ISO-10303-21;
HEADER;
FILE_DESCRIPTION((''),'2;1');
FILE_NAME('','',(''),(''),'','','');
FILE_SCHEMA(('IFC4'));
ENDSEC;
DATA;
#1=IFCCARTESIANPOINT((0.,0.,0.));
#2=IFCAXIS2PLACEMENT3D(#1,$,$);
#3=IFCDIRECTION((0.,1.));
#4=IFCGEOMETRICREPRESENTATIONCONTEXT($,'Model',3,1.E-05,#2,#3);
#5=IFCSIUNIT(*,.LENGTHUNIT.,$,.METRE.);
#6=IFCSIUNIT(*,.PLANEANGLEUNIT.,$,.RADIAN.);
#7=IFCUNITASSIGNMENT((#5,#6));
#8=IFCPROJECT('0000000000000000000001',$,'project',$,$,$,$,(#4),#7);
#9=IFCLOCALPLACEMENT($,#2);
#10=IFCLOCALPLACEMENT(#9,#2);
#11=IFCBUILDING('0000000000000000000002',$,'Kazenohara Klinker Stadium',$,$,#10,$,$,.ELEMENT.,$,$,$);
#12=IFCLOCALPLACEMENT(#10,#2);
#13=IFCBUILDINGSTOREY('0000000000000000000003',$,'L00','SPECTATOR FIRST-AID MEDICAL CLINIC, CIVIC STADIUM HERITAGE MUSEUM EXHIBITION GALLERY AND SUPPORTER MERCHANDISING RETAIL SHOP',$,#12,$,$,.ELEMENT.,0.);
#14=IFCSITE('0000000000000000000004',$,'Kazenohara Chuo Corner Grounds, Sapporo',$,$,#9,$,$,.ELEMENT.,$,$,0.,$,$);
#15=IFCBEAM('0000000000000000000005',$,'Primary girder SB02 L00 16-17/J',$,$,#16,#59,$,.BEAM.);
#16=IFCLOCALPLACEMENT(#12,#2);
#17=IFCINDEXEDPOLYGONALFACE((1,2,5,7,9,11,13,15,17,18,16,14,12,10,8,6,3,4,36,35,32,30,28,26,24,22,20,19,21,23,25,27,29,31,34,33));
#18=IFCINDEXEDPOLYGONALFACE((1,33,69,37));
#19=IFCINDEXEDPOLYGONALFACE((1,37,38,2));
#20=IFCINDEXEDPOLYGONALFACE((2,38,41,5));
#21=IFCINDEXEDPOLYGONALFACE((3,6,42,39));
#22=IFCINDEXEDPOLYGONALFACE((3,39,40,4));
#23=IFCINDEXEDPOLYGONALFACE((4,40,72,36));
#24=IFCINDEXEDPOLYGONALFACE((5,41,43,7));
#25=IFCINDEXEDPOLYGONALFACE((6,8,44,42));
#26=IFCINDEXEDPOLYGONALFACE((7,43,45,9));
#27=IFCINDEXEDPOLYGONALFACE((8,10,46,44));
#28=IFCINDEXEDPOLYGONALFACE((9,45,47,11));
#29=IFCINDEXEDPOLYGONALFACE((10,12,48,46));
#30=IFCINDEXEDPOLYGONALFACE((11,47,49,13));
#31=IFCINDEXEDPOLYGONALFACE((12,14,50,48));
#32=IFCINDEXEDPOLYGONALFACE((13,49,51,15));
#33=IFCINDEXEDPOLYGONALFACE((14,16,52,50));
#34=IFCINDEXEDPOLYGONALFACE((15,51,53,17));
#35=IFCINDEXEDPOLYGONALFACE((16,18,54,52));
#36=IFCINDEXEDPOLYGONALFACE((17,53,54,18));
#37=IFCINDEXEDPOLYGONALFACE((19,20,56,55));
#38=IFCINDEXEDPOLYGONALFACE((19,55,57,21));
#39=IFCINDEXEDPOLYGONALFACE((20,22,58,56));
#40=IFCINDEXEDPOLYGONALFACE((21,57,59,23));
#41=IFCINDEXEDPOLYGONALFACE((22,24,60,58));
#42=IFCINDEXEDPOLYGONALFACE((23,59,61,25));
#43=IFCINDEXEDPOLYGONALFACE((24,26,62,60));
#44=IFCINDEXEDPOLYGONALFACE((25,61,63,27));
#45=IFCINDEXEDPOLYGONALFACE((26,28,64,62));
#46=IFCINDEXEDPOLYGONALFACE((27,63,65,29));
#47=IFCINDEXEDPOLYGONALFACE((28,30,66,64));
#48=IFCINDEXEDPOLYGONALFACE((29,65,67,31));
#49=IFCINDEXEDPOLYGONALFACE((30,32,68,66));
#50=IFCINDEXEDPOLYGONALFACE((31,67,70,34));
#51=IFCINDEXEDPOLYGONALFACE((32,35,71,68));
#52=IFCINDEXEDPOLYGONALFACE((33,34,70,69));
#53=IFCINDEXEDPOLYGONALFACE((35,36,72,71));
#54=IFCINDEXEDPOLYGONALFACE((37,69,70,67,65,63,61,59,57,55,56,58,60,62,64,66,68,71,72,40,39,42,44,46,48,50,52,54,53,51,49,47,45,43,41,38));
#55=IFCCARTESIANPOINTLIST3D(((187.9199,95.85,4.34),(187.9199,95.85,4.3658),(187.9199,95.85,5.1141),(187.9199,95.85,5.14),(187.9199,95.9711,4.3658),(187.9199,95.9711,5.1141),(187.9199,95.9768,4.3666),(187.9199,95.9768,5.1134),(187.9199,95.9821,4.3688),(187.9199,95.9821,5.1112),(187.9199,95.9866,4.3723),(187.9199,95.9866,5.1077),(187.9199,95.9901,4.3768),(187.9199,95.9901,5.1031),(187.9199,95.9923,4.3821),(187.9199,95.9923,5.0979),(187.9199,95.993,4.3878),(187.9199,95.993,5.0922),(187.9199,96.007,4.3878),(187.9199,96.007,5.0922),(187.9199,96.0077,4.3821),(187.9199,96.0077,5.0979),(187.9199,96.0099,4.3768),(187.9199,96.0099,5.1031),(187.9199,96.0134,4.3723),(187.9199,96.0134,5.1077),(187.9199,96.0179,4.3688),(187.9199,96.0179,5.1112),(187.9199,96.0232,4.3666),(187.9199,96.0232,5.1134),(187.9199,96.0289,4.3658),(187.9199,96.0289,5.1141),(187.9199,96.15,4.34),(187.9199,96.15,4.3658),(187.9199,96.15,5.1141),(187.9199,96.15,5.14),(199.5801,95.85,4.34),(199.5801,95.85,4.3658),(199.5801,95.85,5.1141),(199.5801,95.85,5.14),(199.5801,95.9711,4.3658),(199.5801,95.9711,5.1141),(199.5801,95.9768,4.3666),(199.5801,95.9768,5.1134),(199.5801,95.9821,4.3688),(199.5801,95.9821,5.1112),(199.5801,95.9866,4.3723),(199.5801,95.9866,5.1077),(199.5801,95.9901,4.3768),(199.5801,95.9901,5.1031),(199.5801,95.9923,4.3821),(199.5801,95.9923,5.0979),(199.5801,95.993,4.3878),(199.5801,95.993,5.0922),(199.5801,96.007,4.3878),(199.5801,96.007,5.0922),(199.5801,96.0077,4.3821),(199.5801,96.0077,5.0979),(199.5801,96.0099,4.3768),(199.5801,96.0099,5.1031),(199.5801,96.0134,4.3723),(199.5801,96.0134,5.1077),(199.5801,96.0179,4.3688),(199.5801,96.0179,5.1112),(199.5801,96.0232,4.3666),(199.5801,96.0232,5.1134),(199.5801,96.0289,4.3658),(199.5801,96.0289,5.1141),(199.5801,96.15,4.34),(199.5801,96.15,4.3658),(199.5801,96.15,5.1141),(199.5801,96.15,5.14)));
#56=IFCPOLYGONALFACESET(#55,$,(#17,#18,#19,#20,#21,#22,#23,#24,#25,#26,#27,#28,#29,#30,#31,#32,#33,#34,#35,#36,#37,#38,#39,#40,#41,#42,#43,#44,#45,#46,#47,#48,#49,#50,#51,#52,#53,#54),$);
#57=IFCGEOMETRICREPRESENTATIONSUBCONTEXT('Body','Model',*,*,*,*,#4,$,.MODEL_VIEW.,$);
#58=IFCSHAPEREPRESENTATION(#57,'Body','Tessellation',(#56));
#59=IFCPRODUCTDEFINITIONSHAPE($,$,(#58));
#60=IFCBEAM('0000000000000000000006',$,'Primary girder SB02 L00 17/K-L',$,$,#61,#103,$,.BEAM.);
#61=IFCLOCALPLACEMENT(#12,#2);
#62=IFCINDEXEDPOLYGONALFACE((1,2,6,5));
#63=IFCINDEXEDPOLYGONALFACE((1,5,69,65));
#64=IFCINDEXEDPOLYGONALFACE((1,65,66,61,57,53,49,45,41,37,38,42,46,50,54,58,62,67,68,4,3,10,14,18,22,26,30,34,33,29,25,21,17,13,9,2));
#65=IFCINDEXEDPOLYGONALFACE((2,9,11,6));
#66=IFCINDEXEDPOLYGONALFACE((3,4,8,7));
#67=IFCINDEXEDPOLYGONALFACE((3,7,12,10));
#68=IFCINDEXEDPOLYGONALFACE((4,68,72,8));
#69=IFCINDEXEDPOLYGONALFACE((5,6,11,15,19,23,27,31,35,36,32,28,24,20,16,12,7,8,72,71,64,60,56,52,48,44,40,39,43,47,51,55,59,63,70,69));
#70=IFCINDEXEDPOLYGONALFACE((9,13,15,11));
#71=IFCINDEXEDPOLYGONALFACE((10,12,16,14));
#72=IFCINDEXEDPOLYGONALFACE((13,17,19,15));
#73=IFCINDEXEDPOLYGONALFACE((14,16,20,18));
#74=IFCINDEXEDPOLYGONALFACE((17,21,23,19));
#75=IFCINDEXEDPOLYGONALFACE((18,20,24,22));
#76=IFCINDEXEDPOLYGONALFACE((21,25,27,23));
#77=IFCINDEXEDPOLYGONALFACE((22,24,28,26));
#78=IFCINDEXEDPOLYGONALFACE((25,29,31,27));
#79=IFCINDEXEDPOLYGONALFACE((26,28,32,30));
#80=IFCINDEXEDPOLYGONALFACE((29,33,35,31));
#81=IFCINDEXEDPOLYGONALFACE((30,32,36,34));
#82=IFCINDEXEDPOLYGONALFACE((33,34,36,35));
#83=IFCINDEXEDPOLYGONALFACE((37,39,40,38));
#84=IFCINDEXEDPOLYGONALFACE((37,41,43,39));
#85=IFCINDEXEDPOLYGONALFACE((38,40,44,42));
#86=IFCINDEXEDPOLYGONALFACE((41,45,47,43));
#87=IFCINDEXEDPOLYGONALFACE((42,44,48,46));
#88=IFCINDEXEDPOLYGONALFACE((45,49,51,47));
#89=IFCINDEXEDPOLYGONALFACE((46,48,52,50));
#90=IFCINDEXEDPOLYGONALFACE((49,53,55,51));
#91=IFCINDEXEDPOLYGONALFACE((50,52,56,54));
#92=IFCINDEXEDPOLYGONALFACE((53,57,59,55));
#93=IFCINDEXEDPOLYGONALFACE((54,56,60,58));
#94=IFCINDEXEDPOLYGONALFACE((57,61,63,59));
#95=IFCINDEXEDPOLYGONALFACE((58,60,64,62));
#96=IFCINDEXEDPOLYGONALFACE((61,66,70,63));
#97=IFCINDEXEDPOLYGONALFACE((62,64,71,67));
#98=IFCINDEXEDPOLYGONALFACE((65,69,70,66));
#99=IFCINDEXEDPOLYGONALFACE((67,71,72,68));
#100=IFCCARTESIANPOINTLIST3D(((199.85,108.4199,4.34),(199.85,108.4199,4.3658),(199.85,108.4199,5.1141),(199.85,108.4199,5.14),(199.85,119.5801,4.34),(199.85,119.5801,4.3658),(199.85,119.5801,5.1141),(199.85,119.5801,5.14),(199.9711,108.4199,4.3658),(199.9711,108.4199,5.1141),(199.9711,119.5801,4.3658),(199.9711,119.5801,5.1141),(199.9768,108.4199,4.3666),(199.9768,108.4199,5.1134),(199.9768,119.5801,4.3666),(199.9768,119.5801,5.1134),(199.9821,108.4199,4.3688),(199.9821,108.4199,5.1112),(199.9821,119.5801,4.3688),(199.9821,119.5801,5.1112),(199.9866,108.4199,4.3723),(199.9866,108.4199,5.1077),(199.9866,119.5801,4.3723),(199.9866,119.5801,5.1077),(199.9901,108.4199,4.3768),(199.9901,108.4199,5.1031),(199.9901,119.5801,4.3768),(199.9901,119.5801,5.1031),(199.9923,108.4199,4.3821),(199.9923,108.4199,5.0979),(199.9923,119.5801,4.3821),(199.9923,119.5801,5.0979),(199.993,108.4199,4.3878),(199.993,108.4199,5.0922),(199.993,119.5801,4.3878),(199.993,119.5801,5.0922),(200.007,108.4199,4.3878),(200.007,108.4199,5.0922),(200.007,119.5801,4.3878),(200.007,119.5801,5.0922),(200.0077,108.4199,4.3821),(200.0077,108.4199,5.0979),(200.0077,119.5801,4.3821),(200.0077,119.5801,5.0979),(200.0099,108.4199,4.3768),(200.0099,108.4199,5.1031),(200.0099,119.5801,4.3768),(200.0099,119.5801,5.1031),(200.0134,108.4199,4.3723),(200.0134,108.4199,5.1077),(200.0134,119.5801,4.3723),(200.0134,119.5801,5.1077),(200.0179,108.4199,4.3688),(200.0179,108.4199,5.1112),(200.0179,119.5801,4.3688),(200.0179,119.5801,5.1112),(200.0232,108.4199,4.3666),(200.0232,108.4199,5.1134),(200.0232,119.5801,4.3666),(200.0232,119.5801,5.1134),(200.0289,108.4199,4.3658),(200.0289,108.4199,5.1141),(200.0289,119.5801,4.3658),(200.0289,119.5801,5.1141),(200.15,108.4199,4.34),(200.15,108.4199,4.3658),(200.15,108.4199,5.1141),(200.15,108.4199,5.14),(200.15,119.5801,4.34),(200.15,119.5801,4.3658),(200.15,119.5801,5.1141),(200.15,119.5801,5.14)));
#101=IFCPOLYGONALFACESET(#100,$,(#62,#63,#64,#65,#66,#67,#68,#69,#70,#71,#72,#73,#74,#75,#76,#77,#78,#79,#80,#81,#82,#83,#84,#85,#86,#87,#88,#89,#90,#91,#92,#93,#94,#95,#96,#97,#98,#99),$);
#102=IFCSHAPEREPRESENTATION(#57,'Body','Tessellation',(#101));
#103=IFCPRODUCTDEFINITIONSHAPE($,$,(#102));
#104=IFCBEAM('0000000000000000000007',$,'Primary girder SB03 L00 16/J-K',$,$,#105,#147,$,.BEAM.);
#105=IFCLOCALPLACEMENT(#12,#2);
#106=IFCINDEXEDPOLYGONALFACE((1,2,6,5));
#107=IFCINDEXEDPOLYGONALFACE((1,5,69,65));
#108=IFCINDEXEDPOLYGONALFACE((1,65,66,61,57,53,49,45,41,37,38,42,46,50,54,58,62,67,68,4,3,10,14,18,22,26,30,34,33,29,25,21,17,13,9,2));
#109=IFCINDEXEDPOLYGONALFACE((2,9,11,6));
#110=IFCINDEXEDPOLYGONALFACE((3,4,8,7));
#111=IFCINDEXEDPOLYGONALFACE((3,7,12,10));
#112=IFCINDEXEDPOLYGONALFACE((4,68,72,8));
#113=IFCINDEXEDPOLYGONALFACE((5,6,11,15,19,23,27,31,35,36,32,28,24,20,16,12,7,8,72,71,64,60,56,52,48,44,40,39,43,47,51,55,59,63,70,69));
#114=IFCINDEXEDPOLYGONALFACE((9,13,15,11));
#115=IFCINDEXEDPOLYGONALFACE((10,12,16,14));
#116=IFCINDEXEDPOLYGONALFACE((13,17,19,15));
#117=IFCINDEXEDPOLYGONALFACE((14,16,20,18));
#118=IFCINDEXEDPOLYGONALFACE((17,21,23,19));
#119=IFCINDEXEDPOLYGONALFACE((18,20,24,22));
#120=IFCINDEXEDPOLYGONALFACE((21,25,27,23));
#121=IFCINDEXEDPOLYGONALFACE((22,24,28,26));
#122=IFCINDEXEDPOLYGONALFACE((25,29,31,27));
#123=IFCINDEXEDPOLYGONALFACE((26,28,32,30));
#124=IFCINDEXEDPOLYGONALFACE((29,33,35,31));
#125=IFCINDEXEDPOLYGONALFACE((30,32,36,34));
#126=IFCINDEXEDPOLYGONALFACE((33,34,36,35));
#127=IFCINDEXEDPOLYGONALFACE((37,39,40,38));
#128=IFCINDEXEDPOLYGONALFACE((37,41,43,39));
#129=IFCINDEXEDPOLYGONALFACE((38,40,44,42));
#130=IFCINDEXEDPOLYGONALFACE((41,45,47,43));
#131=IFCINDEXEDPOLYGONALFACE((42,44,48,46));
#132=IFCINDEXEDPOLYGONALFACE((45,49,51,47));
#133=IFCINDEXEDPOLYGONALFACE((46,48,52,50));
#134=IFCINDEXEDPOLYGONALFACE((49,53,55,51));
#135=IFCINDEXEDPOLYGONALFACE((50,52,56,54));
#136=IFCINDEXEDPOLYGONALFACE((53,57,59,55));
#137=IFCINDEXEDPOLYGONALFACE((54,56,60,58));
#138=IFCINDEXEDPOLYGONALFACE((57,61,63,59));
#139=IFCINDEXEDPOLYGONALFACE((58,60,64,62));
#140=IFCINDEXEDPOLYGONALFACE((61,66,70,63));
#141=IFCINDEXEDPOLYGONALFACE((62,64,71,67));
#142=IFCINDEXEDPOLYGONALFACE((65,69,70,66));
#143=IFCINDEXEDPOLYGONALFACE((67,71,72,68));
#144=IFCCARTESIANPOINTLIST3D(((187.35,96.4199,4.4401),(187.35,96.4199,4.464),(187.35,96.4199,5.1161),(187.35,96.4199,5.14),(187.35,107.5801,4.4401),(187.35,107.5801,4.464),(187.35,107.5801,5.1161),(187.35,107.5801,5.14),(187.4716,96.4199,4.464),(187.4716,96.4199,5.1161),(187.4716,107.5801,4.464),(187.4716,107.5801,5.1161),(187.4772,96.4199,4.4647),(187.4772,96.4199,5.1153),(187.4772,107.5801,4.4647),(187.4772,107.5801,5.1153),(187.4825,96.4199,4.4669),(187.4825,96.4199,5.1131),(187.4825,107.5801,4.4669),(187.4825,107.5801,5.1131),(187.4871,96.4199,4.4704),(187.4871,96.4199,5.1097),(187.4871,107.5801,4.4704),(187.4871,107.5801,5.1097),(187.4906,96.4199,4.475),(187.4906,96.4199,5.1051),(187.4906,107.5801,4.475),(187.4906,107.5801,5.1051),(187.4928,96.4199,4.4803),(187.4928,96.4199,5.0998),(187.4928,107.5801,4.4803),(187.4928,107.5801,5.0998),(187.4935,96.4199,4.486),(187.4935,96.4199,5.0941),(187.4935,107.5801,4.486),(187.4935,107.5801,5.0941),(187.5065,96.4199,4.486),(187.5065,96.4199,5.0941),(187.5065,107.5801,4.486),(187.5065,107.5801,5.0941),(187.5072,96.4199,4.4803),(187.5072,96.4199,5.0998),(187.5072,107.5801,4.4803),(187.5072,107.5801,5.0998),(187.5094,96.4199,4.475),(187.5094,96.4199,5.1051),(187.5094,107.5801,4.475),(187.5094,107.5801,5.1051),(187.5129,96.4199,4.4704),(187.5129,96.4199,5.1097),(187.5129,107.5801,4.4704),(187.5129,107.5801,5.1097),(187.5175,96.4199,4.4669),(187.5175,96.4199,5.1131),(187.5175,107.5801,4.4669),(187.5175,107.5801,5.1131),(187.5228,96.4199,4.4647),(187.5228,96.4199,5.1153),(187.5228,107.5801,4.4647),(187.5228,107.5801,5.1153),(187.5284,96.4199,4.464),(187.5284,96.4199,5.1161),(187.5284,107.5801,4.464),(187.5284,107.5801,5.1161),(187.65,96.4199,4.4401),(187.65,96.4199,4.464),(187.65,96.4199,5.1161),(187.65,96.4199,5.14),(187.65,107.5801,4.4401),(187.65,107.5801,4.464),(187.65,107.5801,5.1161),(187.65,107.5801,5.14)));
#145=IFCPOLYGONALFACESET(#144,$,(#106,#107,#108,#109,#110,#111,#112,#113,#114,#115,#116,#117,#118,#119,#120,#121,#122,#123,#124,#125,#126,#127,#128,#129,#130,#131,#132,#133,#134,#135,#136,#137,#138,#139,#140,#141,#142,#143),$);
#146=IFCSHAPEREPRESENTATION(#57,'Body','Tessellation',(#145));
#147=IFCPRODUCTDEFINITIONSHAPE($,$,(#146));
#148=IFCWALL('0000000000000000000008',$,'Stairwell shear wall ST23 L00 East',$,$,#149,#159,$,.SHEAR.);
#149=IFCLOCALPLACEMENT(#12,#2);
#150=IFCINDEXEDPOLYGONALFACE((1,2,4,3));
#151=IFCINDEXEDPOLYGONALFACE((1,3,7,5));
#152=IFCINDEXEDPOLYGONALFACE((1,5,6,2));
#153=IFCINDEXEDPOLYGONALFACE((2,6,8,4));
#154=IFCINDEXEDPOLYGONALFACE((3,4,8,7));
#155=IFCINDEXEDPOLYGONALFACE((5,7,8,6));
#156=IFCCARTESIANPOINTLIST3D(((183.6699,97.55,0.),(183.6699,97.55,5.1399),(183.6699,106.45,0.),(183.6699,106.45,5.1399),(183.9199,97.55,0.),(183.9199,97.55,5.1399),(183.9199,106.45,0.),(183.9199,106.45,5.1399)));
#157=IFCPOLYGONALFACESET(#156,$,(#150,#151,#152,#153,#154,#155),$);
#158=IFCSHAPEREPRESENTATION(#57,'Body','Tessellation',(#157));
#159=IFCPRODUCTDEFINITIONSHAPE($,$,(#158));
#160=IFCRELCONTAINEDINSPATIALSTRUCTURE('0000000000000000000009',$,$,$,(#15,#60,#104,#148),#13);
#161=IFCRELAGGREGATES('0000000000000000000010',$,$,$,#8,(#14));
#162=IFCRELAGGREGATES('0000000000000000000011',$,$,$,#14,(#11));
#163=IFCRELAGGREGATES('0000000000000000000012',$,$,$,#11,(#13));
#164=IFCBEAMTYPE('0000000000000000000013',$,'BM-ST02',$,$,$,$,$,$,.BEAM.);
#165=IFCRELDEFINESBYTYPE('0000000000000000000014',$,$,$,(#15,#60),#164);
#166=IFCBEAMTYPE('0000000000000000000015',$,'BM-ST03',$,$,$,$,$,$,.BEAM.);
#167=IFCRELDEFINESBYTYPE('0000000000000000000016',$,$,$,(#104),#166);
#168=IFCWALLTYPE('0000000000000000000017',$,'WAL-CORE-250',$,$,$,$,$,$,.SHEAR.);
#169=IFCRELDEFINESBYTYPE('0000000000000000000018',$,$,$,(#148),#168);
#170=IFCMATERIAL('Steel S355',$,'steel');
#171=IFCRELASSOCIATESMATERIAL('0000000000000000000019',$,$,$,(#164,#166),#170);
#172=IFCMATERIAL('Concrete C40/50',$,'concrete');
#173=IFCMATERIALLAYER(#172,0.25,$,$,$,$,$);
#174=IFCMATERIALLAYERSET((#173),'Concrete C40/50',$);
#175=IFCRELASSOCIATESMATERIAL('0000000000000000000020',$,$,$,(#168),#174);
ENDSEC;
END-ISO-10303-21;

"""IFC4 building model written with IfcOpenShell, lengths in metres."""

from ifc_helpers import new_model, si_unit, direction, frame, frame_2d, origin, origin_2d, place, context, subcontext, project, spatial, rectangle, i_section, extrude, material, layer, layer_set, material_profile, profile_set, type_object, element, save


model = new_model("IFC4")

# Units and contexts
model_context = context("Model", 3, precision=1e-05, world=origin(), true_north=direction((0.0, 1.0)))
body_context = subcontext(model_context, "Body", "Model", "MODEL_VIEW")
ifc_project = project(units=[si_unit("LENGTHUNIT", "METRE"), si_unit("PLANEANGLEUNIT", "RADIAN")], contexts=[model_context])

# Site, building, storey
site_placement = place(None, origin())
site = spatial("IfcSite", under=ifc_project, at=site_placement, Name="Kazenohara Chuo Corner Grounds, Sapporo", CompositionType="ELEMENT", RefElevation=0.0)
building_placement = place(site_placement, origin())
building = spatial("IfcBuilding", under=site, at=building_placement, Name="Kazenohara Klinker Stadium", CompositionType="ELEMENT")
storey_placement = place(building_placement, origin())
storey = spatial("IfcBuildingStorey", under=building, at=storey_placement, Name="L00", Description="SPECTATOR FIRST-AID MEDICAL CLINIC, CIVIC STADIUM HERITAGE MUSEUM EXHIBITION GALLERY AND SUPPORTER MERCHANDISING RETAIL SHOP", CompositionType="ELEMENT", Elevation=0.0)

# Shared definitions
ifc_material_1 = material(Name="Concrete C40/50", Category="concrete")

# Beams
ifc_material_2 = material(Name="Steel S355", Category="steel")
ifc_material_profile_1 = material_profile(ifc_material_2, i_section(OverallWidth=0.3, OverallDepth=0.8, WebThickness=0.0139, FlangeThickness=0.0259, FilletRadius=0.022, at=origin_2d()), Name="H-800x300x14x26")
ifc_profile_set_1 = profile_set([ifc_material_profile_1], Name="Steel S355")
beam_type_1 = type_object("IfcBeamType", Name="BM-ST02", PredefinedType="BEAM", material=ifc_profile_set_1)
beam_1_placement = place(storey_placement, frame((187.9199, 96.0, 4.74), z_axis=(1.0, 0.0, 0.0), x_axis=(0.0, 1.0, 0.0)))
element("IfcBeam", 1, at=beam_1_placement, inside=storey, type_object=beam_type_1, Name="Primary girder SB02 L00 16-17/J", PredefinedType="BEAM", context=body_context, shape_type="SweptSolid", body=[
    extrude(i_section(OverallWidth=0.3, OverallDepth=0.8, WebThickness=0.0139, FlangeThickness=0.0259, FilletRadius=0.022, at=origin_2d()), origin(), (0.0, 0.0, 1.0), 11.6602),
])
beam_2_placement = place(storey_placement, frame((200.0, 108.4199, 4.74), z_axis=(0.0, 1.0, 0.0), x_axis=(-1.0, 0.0, 0.0)))
element("IfcBeam", 2, at=beam_2_placement, inside=storey, type_object=beam_type_1, Name="Primary girder SB02 L00 17/K-L", PredefinedType="BEAM", context=body_context, shape_type="SweptSolid", body=[
    extrude(i_section(OverallWidth=0.3, OverallDepth=0.8, WebThickness=0.0139, FlangeThickness=0.0259, FilletRadius=0.022, at=origin_2d()), origin(), (0.0, 0.0, 1.0), 11.1602),
])
ifc_material_profile_2 = material_profile(ifc_material_2, i_section(OverallWidth=0.3, OverallDepth=0.7, WebThickness=0.0129, FlangeThickness=0.0239, FilletRadius=0.022, at=origin_2d()), Name="H-700x300x13x24")
ifc_profile_set_2 = profile_set([ifc_material_profile_2], Name="Steel S355")
beam_type_2 = type_object("IfcBeamType", Name="BM-ST03", PredefinedType="BEAM", material=ifc_profile_set_2)
beam_3_placement = place(storey_placement, frame((187.5, 96.4199, 4.79), z_axis=(0.0, 1.0, 0.0), x_axis=(-1.0, 0.0, 0.0)))
element("IfcBeam", 3, at=beam_3_placement, inside=storey, type_object=beam_type_2, Name="Primary girder SB03 L00 16/J-K", PredefinedType="BEAM", context=body_context, shape_type="SweptSolid", body=[
    extrude(i_section(OverallWidth=0.3, OverallDepth=0.7, WebThickness=0.0129, FlangeThickness=0.0239, FilletRadius=0.022, at=origin_2d()), origin(), (0.0, 0.0, 1.0), 11.1602),
])

# Wall
ifc_layer_1 = layer(ifc_material_1, 0.25)
ifc_layer_set_1 = layer_set([ifc_layer_1], Name="Concrete C40/50")
wall_type_1 = type_object("IfcWallType", Name="WAL-CORE-250", PredefinedType="SHEAR", material=ifc_layer_set_1)
wall_1_placement = place(storey_placement, frame((183.7949, 97.55, 0.0), z_axis=(0.0, 0.0, 1.0), x_axis=(0.0, 1.0, 0.0)))
element("IfcWall", 4, at=wall_1_placement, inside=storey, type_object=wall_type_1, Name="Stairwell shear wall ST23 L00 East", PredefinedType="SHEAR", context=body_context, shape_type="SweptSolid", body=[
    extrude(rectangle(XDim=8.8999, YDim=0.25, at=frame_2d((4.45, 0.0))), origin(), (0.0, 0.0, 1.0), 5.1399),
])

save(model, "model.ifc")
